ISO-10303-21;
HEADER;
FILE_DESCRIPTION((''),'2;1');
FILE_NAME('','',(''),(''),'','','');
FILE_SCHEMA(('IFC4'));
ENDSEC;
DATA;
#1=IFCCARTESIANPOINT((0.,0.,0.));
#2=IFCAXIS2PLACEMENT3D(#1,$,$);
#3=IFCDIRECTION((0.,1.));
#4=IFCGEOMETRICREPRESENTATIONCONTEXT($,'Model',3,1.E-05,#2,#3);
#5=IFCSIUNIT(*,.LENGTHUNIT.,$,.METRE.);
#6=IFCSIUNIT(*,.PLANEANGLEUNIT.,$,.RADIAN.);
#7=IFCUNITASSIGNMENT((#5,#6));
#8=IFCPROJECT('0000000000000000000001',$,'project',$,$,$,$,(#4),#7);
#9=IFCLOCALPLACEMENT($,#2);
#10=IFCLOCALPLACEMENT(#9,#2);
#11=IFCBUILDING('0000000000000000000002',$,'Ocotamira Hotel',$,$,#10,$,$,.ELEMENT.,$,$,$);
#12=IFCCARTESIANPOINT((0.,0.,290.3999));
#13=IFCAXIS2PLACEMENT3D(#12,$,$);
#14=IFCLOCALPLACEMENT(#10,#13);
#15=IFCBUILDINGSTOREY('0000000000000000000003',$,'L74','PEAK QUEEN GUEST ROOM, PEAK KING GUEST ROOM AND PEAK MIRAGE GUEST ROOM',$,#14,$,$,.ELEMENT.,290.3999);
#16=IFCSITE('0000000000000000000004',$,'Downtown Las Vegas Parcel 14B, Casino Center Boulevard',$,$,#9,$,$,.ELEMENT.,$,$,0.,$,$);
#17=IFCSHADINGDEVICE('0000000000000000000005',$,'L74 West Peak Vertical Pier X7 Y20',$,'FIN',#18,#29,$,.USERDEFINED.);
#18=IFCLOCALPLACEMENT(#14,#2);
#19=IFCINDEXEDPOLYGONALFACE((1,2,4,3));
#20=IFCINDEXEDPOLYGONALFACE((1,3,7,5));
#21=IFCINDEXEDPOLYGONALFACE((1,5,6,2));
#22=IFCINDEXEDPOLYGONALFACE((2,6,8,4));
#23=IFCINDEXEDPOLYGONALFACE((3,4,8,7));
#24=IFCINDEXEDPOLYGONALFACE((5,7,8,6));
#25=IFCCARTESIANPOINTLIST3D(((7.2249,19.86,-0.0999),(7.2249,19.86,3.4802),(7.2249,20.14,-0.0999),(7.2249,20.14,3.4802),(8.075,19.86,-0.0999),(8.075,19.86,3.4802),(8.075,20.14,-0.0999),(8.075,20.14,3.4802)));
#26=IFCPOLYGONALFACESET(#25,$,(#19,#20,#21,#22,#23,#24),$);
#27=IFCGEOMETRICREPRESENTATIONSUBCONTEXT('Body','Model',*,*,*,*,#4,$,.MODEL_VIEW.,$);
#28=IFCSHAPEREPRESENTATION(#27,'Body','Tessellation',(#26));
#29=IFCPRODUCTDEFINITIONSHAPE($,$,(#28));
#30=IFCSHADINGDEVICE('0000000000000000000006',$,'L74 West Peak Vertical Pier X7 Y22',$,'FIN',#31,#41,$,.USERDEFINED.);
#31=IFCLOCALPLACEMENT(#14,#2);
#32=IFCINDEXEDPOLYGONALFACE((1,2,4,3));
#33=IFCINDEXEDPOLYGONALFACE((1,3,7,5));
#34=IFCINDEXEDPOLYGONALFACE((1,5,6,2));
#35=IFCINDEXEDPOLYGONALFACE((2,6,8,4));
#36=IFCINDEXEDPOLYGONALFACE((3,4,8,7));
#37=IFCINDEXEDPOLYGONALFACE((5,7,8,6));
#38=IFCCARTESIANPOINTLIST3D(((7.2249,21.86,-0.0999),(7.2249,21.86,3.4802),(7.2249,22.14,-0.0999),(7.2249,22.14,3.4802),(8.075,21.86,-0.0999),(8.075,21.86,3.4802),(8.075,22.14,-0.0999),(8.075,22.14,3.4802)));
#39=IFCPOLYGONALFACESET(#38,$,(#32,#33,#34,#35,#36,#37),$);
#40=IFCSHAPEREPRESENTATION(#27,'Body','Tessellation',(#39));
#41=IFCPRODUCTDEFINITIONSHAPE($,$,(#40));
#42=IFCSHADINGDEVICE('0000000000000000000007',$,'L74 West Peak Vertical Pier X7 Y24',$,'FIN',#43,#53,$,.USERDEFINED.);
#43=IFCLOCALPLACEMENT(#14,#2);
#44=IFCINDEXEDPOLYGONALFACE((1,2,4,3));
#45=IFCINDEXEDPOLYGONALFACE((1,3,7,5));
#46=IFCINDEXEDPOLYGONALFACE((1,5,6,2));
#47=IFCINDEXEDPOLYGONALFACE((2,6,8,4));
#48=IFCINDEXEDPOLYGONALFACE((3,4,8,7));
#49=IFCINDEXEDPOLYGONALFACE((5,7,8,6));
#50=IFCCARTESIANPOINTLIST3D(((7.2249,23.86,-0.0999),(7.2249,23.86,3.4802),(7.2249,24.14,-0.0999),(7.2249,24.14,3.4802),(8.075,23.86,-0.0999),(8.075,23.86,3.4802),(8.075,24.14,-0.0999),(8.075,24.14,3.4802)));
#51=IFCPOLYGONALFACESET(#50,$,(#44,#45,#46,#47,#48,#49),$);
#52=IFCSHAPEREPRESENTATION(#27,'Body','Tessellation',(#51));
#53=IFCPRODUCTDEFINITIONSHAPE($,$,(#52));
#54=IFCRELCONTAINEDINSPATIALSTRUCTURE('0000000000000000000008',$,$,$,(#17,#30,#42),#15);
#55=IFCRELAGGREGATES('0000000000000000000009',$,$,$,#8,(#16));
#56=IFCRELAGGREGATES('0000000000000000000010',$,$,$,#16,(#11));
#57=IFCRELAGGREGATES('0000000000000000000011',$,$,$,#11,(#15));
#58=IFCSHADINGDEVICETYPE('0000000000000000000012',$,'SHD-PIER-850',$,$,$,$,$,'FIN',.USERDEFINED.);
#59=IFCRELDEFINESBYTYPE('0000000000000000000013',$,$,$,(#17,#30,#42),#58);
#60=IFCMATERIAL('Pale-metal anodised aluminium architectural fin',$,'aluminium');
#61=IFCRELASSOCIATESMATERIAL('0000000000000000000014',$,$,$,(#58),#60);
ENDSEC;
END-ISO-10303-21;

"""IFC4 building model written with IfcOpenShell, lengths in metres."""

from ifc_helpers import new_model, si_unit, direction, frame, origin, origin_2d, place, context, subcontext, project, spatial, rectangle, extrude, source, transform, mapped, material, type_object, element, save


model = new_model("IFC4")

# Units and contexts
model_context = context("Model", 3, precision=1e-05, world=origin(), true_north=direction((0.0, 1.0)))
body_context = subcontext(model_context, "Body", "Model", "MODEL_VIEW")
ifc_project = project(units=[si_unit("LENGTHUNIT", "METRE"), si_unit("PLANEANGLEUNIT", "RADIAN")], contexts=[model_context])

# Site, building, storey
site_placement = place(None, origin())
site = spatial("IfcSite", under=ifc_project, at=site_placement, Name="Downtown Las Vegas Parcel 14B, Casino Center Boulevard", CompositionType="ELEMENT", RefElevation=0.0)
building_placement = place(site_placement, origin())
building = spatial("IfcBuilding", under=site, at=building_placement, Name="Ocotamira Hotel", CompositionType="ELEMENT")
storey_placement = place(building_placement, frame((0.0, 0.0, 290.3999)))
storey = spatial("IfcBuildingStorey", under=building, at=storey_placement, Name="L74", Description="PEAK QUEEN GUEST ROOM, PEAK KING GUEST ROOM AND PEAK MIRAGE GUEST ROOM", CompositionType="ELEMENT", Elevation=290.3999)

# Shading devices
ifc_material_1 = material(Name="Pale-metal anodised aluminium architectural fin", Category="aluminium")
shading_device_type = type_object("IfcShadingDeviceType", Name="SHD-PIER-850", ElementType="FIN", PredefinedType="USERDEFINED", material=ifc_material_1)
shared_shape_1 = source(origin(), body_context, "Body", "SweptSolid", [
    extrude(rectangle(XDim=0.8501, YDim=0.28, at=origin_2d()), origin(), (0.0, 0.0, 1.0), 3.5801),
])
for number, where, z_axis, x_axis, name in (
    (1, (7.6499, 20.0, -0.0999), (0.0, 0.0, 1.0), (1.0, 0.0, 0.0), "L74 West Peak Vertical Pier X7 Y20"),
    (2, (7.6499, 22.0, -0.0999), (0.0, 0.0, 1.0), (1.0, 0.0, 0.0), "L74 West Peak Vertical Pier X7 Y22"),
    (3, (7.6499, 24.0, -0.0999), (0.0, 0.0, 1.0), (1.0, 0.0, 0.0), "L74 West Peak Vertical Pier X7 Y24"),
):
    element("IfcShadingDevice", number, at=place(storey_placement, frame(where, z_axis=z_axis, x_axis=x_axis)), inside=storey, type_object=shading_device_type, Name=name, ObjectType="FIN", PredefinedType="USERDEFINED", context=body_context, shape_type="MappedRepresentation", body=[
        mapped(shared_shape_1, transform((0.0, 0.0, 0.0), scale=1.0)),
    ])

save(model, "model.ifc")
